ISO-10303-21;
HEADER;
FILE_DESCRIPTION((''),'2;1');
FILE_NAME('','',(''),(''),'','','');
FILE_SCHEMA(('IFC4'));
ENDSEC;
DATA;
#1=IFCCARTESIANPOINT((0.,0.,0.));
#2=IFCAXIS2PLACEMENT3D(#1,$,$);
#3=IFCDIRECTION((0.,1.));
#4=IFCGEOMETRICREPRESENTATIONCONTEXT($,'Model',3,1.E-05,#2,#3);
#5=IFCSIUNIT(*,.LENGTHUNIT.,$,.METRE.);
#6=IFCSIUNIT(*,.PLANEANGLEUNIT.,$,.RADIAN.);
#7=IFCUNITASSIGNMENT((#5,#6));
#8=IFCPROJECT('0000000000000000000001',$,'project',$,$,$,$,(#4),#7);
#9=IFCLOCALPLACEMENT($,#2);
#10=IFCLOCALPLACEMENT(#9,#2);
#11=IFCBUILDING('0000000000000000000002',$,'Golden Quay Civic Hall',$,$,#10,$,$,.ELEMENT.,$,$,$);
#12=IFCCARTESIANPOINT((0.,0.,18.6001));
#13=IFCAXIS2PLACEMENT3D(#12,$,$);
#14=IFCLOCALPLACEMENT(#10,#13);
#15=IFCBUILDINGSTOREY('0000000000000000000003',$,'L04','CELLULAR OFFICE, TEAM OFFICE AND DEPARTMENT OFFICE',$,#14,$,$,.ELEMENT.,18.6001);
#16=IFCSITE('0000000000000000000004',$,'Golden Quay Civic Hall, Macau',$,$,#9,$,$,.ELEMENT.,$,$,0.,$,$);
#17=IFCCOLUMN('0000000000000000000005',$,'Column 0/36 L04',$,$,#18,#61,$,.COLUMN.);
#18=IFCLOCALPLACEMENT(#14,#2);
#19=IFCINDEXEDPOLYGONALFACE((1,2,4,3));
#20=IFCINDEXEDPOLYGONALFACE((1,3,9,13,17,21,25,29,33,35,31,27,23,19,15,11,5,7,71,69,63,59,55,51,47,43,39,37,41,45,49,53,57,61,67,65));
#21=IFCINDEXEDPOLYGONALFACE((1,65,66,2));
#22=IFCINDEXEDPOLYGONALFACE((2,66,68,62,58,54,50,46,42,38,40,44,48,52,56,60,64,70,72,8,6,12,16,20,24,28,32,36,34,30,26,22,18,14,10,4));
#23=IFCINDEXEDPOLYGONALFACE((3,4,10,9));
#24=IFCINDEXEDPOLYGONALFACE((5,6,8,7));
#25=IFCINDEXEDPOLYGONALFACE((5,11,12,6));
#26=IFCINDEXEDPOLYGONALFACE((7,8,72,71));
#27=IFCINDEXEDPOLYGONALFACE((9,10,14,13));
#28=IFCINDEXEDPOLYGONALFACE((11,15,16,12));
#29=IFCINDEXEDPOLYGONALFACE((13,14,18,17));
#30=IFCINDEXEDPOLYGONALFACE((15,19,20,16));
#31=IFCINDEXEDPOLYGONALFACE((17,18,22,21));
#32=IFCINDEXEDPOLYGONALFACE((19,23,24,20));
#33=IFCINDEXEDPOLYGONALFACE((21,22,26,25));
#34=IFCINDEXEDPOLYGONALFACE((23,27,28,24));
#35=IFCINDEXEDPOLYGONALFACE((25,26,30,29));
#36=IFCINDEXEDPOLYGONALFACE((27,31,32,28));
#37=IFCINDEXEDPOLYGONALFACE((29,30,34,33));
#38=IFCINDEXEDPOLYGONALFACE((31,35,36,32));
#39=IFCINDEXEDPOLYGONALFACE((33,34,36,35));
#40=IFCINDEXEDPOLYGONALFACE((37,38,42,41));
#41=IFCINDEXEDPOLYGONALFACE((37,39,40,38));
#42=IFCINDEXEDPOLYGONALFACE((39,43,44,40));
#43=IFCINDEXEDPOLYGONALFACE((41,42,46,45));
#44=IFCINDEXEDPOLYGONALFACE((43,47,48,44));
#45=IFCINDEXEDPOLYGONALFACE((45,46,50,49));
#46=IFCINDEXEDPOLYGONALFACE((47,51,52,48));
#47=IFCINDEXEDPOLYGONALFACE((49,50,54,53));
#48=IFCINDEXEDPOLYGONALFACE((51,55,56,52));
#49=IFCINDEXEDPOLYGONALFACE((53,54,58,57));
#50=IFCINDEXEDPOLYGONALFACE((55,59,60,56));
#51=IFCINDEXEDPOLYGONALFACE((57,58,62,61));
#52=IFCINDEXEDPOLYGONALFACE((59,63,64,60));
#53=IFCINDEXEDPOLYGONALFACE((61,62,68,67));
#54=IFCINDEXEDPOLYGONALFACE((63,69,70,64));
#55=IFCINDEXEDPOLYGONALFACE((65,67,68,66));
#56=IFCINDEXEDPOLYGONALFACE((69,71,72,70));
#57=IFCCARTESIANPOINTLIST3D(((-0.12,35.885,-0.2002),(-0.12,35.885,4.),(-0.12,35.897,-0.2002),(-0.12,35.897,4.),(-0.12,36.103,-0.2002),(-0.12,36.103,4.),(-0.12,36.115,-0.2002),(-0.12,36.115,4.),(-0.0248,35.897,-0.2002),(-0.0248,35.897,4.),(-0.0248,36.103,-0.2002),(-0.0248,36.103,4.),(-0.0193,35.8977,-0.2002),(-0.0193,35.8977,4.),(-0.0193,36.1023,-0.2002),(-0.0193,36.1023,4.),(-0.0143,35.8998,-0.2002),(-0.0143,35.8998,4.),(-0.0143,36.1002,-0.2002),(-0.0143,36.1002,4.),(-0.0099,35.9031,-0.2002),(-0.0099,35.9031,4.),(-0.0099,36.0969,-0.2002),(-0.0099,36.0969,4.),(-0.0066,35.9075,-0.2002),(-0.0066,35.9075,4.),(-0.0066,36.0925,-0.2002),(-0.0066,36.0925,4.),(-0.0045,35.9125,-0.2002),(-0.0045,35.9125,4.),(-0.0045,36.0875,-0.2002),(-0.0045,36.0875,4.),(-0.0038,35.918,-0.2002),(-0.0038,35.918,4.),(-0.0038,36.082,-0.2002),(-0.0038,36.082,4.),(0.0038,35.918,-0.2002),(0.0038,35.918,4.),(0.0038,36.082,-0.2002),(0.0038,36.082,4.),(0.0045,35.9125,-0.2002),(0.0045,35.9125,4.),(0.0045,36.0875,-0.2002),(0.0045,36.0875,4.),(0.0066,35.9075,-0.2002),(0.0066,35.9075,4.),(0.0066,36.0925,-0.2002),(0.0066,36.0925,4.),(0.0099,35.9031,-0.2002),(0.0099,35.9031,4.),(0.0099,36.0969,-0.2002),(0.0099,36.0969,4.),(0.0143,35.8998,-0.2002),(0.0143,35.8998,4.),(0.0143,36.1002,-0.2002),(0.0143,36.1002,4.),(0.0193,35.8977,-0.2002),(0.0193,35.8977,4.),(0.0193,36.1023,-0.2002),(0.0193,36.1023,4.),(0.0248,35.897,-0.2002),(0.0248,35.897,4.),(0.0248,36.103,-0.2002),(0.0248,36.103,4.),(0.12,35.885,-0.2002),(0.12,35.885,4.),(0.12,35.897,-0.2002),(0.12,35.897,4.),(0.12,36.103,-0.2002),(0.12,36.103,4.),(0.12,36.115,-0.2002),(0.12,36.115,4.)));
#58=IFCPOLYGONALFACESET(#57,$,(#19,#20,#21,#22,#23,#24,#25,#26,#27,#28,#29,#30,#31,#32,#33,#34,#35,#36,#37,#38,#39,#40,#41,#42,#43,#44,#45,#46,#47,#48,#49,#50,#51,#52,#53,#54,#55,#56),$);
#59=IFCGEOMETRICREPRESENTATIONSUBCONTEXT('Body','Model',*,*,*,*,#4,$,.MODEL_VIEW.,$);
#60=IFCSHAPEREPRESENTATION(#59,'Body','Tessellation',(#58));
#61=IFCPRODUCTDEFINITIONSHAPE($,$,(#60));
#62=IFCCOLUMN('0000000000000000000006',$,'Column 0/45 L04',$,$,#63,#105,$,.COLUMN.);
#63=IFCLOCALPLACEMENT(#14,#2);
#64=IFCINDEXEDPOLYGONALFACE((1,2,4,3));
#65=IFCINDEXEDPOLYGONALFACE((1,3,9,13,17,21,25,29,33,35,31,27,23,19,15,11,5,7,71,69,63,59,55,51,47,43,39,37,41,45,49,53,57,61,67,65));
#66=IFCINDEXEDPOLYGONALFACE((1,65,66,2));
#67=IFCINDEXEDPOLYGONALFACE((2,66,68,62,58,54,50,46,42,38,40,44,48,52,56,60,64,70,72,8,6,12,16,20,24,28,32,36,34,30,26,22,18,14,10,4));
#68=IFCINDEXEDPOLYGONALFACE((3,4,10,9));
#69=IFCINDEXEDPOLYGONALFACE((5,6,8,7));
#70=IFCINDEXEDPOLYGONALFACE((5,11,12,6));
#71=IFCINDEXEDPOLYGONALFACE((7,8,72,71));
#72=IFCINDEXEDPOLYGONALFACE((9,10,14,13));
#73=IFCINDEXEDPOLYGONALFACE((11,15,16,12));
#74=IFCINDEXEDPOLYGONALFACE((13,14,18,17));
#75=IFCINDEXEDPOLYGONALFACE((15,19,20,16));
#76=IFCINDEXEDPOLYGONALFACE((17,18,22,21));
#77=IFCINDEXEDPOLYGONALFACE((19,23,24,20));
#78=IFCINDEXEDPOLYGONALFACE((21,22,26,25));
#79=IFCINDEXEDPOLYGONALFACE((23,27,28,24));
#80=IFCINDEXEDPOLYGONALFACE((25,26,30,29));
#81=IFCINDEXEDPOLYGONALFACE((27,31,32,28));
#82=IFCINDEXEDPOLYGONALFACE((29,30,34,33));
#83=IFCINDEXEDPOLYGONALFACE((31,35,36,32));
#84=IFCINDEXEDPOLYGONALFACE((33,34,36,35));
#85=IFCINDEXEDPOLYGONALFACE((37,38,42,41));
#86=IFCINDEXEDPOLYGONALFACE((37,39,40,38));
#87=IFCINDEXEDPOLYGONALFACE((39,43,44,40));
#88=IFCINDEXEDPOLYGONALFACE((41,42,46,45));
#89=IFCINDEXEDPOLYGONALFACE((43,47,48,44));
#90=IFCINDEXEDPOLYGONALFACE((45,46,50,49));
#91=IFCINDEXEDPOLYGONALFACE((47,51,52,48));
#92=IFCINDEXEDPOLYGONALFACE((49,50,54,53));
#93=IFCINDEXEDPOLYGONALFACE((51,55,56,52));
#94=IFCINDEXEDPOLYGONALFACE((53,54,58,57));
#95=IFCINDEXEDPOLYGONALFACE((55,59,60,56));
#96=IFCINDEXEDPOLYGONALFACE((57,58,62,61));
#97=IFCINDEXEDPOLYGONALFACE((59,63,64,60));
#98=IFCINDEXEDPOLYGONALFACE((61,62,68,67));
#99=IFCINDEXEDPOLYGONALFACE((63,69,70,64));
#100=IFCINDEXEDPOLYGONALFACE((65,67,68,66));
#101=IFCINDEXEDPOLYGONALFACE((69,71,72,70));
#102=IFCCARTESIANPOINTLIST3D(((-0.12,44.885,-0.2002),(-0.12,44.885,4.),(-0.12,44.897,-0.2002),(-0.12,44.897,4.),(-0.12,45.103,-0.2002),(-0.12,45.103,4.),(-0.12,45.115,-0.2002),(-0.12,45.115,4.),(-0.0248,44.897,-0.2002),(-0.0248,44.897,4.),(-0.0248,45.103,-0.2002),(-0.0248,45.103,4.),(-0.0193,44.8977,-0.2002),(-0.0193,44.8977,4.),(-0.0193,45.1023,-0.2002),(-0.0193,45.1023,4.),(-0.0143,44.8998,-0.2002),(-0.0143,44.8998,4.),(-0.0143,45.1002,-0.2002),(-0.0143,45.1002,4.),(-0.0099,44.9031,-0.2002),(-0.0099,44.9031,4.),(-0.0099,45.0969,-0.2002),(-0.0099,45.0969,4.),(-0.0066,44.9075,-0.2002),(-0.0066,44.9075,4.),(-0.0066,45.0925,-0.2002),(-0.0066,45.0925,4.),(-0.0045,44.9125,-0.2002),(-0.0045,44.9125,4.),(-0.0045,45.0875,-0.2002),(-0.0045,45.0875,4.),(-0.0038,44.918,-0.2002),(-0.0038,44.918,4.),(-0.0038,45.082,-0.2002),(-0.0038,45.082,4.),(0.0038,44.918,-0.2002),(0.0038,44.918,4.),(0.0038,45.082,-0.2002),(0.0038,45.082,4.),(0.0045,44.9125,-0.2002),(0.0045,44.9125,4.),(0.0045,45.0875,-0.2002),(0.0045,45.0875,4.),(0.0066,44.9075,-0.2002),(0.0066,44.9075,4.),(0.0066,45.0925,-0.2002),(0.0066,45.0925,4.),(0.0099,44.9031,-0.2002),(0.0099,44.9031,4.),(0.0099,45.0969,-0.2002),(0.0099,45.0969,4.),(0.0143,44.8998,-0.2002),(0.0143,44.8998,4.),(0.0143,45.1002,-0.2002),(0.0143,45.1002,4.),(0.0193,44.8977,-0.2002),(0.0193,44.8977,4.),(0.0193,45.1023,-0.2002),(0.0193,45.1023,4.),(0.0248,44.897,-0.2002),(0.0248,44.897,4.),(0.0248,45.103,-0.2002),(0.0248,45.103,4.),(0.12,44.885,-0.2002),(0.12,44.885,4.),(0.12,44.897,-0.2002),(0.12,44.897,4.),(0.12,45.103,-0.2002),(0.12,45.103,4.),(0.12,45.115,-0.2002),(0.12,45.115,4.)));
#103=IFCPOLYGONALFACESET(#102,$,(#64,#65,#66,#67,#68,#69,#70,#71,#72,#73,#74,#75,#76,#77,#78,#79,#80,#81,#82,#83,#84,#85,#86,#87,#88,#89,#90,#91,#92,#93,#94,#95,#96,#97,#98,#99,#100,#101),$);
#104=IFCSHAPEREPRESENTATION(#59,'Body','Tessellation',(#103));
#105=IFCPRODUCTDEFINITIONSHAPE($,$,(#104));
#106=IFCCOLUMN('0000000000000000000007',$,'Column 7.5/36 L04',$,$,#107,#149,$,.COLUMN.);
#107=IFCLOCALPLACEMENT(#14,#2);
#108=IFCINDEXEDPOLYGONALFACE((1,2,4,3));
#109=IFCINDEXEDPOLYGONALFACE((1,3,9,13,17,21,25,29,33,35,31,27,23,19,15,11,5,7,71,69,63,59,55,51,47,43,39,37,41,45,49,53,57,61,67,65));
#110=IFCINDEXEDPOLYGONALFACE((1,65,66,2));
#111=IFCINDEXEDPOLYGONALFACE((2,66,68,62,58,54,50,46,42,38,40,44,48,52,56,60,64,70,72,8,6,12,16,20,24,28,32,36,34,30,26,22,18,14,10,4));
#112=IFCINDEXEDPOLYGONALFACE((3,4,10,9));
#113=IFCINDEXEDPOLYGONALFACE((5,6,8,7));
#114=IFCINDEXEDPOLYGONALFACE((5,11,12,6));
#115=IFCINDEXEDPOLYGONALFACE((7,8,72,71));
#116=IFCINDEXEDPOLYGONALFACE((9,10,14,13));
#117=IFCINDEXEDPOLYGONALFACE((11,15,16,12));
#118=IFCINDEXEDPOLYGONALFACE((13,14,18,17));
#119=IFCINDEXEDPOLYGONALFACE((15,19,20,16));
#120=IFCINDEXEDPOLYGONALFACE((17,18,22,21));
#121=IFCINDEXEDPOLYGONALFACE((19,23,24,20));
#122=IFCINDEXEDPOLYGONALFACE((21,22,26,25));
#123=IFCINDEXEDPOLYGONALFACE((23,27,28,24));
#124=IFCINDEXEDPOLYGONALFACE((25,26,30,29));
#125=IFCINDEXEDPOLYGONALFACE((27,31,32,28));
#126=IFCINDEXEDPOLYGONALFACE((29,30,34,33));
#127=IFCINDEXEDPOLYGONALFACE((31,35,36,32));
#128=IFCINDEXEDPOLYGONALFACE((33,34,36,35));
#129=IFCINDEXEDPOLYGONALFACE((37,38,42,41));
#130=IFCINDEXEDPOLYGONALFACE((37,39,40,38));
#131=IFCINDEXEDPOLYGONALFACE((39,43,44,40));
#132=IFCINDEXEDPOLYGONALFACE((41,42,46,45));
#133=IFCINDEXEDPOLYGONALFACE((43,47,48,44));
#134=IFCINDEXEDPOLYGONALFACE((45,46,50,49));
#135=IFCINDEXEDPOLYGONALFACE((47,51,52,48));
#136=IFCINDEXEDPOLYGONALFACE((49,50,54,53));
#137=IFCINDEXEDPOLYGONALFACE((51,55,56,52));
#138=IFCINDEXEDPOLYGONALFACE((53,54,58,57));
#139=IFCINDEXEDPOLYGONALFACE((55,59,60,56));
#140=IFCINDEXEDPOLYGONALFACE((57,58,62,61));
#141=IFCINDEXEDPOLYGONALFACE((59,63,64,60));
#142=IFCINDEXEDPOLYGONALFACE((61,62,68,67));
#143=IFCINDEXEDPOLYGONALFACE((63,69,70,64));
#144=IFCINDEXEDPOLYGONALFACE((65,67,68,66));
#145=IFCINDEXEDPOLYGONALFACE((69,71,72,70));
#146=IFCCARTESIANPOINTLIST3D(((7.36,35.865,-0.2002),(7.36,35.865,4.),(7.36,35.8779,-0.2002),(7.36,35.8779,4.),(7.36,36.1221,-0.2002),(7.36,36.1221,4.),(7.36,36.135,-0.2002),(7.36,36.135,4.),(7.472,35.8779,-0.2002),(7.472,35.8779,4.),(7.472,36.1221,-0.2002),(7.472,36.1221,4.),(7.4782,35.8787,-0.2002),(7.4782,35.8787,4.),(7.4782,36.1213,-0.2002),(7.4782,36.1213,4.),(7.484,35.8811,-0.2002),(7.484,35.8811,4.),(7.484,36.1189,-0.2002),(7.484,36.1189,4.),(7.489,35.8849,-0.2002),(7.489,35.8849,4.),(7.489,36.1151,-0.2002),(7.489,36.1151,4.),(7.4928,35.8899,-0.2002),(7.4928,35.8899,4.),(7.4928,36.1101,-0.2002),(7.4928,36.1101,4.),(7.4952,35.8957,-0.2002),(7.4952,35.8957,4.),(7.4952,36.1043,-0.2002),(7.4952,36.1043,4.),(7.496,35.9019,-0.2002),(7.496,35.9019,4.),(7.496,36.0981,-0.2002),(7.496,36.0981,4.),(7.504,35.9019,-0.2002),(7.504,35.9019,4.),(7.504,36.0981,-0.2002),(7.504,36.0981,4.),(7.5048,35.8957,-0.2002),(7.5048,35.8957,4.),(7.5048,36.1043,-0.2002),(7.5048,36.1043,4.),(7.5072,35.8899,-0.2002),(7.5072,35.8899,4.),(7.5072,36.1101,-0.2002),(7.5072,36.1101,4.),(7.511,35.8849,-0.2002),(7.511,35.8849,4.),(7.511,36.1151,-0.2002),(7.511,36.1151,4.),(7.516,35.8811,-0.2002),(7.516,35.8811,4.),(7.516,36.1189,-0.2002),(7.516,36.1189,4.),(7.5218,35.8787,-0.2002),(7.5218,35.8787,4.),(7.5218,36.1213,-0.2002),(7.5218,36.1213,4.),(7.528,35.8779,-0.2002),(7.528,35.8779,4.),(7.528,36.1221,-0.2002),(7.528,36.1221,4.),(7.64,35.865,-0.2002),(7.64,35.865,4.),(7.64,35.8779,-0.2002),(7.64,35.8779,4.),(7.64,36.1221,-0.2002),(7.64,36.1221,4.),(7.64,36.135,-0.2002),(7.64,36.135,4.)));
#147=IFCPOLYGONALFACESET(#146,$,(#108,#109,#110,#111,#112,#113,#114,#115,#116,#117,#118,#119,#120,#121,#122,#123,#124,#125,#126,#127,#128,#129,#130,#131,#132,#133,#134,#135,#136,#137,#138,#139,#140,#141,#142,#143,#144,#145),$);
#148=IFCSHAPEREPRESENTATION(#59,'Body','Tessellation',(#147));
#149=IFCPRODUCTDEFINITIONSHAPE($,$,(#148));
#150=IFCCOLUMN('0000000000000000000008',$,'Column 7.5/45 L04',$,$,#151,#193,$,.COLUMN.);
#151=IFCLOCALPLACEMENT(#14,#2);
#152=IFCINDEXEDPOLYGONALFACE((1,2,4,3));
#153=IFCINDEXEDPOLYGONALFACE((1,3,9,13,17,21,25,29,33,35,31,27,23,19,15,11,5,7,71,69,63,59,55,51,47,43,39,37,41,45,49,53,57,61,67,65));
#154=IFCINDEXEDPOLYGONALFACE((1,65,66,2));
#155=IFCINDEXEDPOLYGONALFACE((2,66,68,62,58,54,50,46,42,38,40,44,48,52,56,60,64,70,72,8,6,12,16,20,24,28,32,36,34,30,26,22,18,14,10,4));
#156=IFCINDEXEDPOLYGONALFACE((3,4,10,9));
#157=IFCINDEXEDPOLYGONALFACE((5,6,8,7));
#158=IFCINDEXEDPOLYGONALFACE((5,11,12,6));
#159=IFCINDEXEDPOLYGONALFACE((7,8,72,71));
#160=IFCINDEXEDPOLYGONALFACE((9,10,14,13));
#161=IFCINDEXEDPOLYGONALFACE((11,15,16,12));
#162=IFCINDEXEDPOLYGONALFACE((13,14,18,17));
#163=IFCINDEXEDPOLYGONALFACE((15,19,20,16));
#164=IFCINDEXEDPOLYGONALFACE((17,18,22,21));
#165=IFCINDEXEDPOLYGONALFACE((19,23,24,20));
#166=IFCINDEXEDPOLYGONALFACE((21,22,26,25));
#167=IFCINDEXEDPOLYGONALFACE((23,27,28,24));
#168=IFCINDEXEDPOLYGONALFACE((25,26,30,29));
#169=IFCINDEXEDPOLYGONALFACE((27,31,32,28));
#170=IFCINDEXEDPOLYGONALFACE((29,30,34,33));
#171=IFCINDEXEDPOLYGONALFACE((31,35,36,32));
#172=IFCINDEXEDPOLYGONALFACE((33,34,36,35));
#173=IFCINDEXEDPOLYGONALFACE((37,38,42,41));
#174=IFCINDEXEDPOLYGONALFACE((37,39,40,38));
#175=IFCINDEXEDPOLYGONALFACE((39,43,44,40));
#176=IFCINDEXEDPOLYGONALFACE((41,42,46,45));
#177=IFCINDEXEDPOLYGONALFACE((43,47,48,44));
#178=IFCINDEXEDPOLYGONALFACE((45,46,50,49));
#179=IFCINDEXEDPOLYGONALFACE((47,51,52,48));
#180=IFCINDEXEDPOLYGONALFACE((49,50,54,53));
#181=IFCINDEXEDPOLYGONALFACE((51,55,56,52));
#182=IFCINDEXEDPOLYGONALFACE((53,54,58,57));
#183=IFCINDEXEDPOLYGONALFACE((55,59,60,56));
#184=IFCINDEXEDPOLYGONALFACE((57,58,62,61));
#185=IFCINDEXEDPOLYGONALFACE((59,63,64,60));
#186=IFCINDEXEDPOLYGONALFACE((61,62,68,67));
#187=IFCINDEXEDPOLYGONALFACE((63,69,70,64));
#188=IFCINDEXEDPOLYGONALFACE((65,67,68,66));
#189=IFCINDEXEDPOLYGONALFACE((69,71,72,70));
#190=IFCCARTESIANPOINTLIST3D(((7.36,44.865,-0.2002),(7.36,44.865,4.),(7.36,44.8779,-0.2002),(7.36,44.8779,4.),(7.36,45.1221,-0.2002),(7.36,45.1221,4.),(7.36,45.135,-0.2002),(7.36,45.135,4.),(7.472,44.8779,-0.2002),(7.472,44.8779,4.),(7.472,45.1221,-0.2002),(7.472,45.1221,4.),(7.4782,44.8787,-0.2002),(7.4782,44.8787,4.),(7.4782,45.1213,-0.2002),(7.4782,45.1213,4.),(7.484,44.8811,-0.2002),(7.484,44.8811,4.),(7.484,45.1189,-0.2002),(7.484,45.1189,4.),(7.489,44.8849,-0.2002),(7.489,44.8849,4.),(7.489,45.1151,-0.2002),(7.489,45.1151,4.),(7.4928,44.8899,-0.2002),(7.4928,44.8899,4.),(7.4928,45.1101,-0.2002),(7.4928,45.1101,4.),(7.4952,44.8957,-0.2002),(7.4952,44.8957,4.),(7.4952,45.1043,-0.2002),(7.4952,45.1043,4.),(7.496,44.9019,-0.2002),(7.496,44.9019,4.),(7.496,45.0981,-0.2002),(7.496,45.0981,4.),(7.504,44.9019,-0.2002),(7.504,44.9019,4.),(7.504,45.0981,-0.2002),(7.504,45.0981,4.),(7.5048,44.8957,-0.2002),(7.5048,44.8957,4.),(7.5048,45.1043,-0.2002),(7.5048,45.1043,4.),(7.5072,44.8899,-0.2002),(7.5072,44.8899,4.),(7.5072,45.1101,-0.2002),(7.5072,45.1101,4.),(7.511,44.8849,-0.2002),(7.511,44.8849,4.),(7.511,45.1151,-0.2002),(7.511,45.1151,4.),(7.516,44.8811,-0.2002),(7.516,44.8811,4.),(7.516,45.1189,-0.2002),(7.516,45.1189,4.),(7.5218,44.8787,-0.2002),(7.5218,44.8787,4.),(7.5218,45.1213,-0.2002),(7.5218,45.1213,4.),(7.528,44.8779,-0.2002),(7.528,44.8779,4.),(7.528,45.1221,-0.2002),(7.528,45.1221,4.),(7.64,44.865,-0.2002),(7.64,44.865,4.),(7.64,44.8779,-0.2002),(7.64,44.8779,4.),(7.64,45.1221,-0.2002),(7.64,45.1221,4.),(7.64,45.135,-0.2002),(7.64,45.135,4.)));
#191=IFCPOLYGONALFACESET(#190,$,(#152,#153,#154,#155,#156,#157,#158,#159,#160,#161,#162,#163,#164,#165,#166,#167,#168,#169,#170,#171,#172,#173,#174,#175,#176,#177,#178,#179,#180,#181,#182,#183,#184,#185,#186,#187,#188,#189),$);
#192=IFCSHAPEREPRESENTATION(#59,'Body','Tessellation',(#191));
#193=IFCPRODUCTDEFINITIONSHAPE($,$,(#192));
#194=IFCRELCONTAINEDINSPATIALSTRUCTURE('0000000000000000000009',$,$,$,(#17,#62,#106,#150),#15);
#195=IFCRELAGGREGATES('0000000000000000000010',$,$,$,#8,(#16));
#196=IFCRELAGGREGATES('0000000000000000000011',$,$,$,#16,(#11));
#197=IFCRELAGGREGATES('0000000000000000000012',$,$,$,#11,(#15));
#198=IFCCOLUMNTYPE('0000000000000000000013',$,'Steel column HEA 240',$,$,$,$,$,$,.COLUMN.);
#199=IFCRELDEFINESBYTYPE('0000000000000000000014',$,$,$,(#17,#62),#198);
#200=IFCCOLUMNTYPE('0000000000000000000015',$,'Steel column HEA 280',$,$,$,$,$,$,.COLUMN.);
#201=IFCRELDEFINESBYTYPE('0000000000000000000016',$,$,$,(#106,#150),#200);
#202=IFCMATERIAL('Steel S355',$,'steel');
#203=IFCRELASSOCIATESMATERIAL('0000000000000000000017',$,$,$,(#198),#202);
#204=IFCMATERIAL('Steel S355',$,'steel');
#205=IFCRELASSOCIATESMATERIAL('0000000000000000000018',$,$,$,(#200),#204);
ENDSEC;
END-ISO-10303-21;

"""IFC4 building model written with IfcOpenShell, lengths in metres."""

from ifc_helpers import new_model, si_unit, direction, frame, origin, origin_2d, place, context, subcontext, project, spatial, i_section, extrude, material, material_profile, profile_set, type_object, element, save


model = new_model("IFC4")

# Units and contexts
model_context = context("Model", 3, precision=1e-05, world=origin(), true_north=direction((0.0, 1.0)))
body_context = subcontext(model_context, "Body", "Model", "MODEL_VIEW")
ifc_project = project(units=[si_unit("LENGTHUNIT", "METRE"), si_unit("PLANEANGLEUNIT", "RADIAN")], contexts=[model_context])

# Site, building, storey
site_placement = place(None, origin())
site = spatial("IfcSite", under=ifc_project, at=site_placement, Name="Golden Quay Civic Hall, Macau", CompositionType="ELEMENT", RefElevation=0.0)
building_placement = place(site_placement, origin())
building = spatial("IfcBuilding", under=site, at=building_placement, Name="Golden Quay Civic Hall", CompositionType="ELEMENT")
storey_placement = place(building_placement, frame((0.0, 0.0, 18.6001)))
storey = spatial("IfcBuildingStorey", under=building, at=storey_placement, Name="L04", Description="CELLULAR OFFICE, TEAM OFFICE AND DEPARTMENT OFFICE", CompositionType="ELEMENT", Elevation=18.6001)

# Columns
ifc_material_1 = material(Name="Steel S355", Category="steel")
ifc_material_profile_1 = material_profile(ifc_material_1, i_section(OverallWidth=0.24, OverallDepth=0.23, WebThickness=0.0076, FlangeThickness=0.012, FilletRadius=0.021, at=origin_2d()), Name="HEA 240")
ifc_profile_set_1 = profile_set([ifc_material_profile_1], Name="Steel S355")
column_type_1 = type_object("IfcColumnType", Name="Steel column HEA 240", PredefinedType="COLUMN", material=ifc_profile_set_1)
for number, where, z_axis, x_axis, name in (
    (1, (0.0, 36.0, -0.2002), (0.0, 0.0, 1.0), (1.0, 0.0, 0.0), "Column 0/36 L04"),
    (2, (0.0, 45.0, -0.2002), (0.0, 0.0, 1.0), (1.0, 0.0, 0.0), "Column 0/45 L04"),
):
    element("IfcColumn", number, at=place(storey_placement, frame(where, z_axis=z_axis, x_axis=x_axis)), inside=storey, type_object=column_type_1, Name=name, PredefinedType="COLUMN", context=body_context, shape_type="SweptSolid", body=[
        extrude(i_section(OverallWidth=0.24, OverallDepth=0.23, WebThickness=0.0076, FlangeThickness=0.012, FilletRadius=0.021, at=origin_2d()), origin(), (0.0, 0.0, 1.0), 4.2002),
    ])
ifc_material_2 = material(Name="Steel S355", Category="steel")
ifc_material_profile_2 = material_profile(ifc_material_2, i_section(OverallWidth=0.28, OverallDepth=0.27, WebThickness=0.0081, FlangeThickness=0.0129, FilletRadius=0.0239, at=origin_2d()), Name="HEA 280")
ifc_profile_set_2 = profile_set([ifc_material_profile_2], Name="Steel S355")
column_type_2 = type_object("IfcColumnType", Name="Steel column HEA 280", PredefinedType="COLUMN", material=ifc_profile_set_2)
for number, where, z_axis, x_axis, name in (
    (3, (7.5, 36.0, -0.2002), (0.0, 0.0, 1.0), (1.0, 0.0, 0.0), "Column 7.5/36 L04"),
    (4, (7.5, 45.0, -0.2002), (0.0, 0.0, 1.0), (1.0, 0.0, 0.0), "Column 7.5/45 L04"),
):
    element("IfcColumn", number, at=place(storey_placement, frame(where, z_axis=z_axis, x_axis=x_axis)), inside=storey, type_object=column_type_2, Name=name, PredefinedType="COLUMN", context=body_context, shape_type="SweptSolid", body=[
        extrude(i_section(OverallWidth=0.28, OverallDepth=0.27, WebThickness=0.0081, FlangeThickness=0.0129, FilletRadius=0.0239, at=origin_2d()), origin(), (0.0, 0.0, 1.0), 4.2002),
    ])

save(model, "model.ifc")
